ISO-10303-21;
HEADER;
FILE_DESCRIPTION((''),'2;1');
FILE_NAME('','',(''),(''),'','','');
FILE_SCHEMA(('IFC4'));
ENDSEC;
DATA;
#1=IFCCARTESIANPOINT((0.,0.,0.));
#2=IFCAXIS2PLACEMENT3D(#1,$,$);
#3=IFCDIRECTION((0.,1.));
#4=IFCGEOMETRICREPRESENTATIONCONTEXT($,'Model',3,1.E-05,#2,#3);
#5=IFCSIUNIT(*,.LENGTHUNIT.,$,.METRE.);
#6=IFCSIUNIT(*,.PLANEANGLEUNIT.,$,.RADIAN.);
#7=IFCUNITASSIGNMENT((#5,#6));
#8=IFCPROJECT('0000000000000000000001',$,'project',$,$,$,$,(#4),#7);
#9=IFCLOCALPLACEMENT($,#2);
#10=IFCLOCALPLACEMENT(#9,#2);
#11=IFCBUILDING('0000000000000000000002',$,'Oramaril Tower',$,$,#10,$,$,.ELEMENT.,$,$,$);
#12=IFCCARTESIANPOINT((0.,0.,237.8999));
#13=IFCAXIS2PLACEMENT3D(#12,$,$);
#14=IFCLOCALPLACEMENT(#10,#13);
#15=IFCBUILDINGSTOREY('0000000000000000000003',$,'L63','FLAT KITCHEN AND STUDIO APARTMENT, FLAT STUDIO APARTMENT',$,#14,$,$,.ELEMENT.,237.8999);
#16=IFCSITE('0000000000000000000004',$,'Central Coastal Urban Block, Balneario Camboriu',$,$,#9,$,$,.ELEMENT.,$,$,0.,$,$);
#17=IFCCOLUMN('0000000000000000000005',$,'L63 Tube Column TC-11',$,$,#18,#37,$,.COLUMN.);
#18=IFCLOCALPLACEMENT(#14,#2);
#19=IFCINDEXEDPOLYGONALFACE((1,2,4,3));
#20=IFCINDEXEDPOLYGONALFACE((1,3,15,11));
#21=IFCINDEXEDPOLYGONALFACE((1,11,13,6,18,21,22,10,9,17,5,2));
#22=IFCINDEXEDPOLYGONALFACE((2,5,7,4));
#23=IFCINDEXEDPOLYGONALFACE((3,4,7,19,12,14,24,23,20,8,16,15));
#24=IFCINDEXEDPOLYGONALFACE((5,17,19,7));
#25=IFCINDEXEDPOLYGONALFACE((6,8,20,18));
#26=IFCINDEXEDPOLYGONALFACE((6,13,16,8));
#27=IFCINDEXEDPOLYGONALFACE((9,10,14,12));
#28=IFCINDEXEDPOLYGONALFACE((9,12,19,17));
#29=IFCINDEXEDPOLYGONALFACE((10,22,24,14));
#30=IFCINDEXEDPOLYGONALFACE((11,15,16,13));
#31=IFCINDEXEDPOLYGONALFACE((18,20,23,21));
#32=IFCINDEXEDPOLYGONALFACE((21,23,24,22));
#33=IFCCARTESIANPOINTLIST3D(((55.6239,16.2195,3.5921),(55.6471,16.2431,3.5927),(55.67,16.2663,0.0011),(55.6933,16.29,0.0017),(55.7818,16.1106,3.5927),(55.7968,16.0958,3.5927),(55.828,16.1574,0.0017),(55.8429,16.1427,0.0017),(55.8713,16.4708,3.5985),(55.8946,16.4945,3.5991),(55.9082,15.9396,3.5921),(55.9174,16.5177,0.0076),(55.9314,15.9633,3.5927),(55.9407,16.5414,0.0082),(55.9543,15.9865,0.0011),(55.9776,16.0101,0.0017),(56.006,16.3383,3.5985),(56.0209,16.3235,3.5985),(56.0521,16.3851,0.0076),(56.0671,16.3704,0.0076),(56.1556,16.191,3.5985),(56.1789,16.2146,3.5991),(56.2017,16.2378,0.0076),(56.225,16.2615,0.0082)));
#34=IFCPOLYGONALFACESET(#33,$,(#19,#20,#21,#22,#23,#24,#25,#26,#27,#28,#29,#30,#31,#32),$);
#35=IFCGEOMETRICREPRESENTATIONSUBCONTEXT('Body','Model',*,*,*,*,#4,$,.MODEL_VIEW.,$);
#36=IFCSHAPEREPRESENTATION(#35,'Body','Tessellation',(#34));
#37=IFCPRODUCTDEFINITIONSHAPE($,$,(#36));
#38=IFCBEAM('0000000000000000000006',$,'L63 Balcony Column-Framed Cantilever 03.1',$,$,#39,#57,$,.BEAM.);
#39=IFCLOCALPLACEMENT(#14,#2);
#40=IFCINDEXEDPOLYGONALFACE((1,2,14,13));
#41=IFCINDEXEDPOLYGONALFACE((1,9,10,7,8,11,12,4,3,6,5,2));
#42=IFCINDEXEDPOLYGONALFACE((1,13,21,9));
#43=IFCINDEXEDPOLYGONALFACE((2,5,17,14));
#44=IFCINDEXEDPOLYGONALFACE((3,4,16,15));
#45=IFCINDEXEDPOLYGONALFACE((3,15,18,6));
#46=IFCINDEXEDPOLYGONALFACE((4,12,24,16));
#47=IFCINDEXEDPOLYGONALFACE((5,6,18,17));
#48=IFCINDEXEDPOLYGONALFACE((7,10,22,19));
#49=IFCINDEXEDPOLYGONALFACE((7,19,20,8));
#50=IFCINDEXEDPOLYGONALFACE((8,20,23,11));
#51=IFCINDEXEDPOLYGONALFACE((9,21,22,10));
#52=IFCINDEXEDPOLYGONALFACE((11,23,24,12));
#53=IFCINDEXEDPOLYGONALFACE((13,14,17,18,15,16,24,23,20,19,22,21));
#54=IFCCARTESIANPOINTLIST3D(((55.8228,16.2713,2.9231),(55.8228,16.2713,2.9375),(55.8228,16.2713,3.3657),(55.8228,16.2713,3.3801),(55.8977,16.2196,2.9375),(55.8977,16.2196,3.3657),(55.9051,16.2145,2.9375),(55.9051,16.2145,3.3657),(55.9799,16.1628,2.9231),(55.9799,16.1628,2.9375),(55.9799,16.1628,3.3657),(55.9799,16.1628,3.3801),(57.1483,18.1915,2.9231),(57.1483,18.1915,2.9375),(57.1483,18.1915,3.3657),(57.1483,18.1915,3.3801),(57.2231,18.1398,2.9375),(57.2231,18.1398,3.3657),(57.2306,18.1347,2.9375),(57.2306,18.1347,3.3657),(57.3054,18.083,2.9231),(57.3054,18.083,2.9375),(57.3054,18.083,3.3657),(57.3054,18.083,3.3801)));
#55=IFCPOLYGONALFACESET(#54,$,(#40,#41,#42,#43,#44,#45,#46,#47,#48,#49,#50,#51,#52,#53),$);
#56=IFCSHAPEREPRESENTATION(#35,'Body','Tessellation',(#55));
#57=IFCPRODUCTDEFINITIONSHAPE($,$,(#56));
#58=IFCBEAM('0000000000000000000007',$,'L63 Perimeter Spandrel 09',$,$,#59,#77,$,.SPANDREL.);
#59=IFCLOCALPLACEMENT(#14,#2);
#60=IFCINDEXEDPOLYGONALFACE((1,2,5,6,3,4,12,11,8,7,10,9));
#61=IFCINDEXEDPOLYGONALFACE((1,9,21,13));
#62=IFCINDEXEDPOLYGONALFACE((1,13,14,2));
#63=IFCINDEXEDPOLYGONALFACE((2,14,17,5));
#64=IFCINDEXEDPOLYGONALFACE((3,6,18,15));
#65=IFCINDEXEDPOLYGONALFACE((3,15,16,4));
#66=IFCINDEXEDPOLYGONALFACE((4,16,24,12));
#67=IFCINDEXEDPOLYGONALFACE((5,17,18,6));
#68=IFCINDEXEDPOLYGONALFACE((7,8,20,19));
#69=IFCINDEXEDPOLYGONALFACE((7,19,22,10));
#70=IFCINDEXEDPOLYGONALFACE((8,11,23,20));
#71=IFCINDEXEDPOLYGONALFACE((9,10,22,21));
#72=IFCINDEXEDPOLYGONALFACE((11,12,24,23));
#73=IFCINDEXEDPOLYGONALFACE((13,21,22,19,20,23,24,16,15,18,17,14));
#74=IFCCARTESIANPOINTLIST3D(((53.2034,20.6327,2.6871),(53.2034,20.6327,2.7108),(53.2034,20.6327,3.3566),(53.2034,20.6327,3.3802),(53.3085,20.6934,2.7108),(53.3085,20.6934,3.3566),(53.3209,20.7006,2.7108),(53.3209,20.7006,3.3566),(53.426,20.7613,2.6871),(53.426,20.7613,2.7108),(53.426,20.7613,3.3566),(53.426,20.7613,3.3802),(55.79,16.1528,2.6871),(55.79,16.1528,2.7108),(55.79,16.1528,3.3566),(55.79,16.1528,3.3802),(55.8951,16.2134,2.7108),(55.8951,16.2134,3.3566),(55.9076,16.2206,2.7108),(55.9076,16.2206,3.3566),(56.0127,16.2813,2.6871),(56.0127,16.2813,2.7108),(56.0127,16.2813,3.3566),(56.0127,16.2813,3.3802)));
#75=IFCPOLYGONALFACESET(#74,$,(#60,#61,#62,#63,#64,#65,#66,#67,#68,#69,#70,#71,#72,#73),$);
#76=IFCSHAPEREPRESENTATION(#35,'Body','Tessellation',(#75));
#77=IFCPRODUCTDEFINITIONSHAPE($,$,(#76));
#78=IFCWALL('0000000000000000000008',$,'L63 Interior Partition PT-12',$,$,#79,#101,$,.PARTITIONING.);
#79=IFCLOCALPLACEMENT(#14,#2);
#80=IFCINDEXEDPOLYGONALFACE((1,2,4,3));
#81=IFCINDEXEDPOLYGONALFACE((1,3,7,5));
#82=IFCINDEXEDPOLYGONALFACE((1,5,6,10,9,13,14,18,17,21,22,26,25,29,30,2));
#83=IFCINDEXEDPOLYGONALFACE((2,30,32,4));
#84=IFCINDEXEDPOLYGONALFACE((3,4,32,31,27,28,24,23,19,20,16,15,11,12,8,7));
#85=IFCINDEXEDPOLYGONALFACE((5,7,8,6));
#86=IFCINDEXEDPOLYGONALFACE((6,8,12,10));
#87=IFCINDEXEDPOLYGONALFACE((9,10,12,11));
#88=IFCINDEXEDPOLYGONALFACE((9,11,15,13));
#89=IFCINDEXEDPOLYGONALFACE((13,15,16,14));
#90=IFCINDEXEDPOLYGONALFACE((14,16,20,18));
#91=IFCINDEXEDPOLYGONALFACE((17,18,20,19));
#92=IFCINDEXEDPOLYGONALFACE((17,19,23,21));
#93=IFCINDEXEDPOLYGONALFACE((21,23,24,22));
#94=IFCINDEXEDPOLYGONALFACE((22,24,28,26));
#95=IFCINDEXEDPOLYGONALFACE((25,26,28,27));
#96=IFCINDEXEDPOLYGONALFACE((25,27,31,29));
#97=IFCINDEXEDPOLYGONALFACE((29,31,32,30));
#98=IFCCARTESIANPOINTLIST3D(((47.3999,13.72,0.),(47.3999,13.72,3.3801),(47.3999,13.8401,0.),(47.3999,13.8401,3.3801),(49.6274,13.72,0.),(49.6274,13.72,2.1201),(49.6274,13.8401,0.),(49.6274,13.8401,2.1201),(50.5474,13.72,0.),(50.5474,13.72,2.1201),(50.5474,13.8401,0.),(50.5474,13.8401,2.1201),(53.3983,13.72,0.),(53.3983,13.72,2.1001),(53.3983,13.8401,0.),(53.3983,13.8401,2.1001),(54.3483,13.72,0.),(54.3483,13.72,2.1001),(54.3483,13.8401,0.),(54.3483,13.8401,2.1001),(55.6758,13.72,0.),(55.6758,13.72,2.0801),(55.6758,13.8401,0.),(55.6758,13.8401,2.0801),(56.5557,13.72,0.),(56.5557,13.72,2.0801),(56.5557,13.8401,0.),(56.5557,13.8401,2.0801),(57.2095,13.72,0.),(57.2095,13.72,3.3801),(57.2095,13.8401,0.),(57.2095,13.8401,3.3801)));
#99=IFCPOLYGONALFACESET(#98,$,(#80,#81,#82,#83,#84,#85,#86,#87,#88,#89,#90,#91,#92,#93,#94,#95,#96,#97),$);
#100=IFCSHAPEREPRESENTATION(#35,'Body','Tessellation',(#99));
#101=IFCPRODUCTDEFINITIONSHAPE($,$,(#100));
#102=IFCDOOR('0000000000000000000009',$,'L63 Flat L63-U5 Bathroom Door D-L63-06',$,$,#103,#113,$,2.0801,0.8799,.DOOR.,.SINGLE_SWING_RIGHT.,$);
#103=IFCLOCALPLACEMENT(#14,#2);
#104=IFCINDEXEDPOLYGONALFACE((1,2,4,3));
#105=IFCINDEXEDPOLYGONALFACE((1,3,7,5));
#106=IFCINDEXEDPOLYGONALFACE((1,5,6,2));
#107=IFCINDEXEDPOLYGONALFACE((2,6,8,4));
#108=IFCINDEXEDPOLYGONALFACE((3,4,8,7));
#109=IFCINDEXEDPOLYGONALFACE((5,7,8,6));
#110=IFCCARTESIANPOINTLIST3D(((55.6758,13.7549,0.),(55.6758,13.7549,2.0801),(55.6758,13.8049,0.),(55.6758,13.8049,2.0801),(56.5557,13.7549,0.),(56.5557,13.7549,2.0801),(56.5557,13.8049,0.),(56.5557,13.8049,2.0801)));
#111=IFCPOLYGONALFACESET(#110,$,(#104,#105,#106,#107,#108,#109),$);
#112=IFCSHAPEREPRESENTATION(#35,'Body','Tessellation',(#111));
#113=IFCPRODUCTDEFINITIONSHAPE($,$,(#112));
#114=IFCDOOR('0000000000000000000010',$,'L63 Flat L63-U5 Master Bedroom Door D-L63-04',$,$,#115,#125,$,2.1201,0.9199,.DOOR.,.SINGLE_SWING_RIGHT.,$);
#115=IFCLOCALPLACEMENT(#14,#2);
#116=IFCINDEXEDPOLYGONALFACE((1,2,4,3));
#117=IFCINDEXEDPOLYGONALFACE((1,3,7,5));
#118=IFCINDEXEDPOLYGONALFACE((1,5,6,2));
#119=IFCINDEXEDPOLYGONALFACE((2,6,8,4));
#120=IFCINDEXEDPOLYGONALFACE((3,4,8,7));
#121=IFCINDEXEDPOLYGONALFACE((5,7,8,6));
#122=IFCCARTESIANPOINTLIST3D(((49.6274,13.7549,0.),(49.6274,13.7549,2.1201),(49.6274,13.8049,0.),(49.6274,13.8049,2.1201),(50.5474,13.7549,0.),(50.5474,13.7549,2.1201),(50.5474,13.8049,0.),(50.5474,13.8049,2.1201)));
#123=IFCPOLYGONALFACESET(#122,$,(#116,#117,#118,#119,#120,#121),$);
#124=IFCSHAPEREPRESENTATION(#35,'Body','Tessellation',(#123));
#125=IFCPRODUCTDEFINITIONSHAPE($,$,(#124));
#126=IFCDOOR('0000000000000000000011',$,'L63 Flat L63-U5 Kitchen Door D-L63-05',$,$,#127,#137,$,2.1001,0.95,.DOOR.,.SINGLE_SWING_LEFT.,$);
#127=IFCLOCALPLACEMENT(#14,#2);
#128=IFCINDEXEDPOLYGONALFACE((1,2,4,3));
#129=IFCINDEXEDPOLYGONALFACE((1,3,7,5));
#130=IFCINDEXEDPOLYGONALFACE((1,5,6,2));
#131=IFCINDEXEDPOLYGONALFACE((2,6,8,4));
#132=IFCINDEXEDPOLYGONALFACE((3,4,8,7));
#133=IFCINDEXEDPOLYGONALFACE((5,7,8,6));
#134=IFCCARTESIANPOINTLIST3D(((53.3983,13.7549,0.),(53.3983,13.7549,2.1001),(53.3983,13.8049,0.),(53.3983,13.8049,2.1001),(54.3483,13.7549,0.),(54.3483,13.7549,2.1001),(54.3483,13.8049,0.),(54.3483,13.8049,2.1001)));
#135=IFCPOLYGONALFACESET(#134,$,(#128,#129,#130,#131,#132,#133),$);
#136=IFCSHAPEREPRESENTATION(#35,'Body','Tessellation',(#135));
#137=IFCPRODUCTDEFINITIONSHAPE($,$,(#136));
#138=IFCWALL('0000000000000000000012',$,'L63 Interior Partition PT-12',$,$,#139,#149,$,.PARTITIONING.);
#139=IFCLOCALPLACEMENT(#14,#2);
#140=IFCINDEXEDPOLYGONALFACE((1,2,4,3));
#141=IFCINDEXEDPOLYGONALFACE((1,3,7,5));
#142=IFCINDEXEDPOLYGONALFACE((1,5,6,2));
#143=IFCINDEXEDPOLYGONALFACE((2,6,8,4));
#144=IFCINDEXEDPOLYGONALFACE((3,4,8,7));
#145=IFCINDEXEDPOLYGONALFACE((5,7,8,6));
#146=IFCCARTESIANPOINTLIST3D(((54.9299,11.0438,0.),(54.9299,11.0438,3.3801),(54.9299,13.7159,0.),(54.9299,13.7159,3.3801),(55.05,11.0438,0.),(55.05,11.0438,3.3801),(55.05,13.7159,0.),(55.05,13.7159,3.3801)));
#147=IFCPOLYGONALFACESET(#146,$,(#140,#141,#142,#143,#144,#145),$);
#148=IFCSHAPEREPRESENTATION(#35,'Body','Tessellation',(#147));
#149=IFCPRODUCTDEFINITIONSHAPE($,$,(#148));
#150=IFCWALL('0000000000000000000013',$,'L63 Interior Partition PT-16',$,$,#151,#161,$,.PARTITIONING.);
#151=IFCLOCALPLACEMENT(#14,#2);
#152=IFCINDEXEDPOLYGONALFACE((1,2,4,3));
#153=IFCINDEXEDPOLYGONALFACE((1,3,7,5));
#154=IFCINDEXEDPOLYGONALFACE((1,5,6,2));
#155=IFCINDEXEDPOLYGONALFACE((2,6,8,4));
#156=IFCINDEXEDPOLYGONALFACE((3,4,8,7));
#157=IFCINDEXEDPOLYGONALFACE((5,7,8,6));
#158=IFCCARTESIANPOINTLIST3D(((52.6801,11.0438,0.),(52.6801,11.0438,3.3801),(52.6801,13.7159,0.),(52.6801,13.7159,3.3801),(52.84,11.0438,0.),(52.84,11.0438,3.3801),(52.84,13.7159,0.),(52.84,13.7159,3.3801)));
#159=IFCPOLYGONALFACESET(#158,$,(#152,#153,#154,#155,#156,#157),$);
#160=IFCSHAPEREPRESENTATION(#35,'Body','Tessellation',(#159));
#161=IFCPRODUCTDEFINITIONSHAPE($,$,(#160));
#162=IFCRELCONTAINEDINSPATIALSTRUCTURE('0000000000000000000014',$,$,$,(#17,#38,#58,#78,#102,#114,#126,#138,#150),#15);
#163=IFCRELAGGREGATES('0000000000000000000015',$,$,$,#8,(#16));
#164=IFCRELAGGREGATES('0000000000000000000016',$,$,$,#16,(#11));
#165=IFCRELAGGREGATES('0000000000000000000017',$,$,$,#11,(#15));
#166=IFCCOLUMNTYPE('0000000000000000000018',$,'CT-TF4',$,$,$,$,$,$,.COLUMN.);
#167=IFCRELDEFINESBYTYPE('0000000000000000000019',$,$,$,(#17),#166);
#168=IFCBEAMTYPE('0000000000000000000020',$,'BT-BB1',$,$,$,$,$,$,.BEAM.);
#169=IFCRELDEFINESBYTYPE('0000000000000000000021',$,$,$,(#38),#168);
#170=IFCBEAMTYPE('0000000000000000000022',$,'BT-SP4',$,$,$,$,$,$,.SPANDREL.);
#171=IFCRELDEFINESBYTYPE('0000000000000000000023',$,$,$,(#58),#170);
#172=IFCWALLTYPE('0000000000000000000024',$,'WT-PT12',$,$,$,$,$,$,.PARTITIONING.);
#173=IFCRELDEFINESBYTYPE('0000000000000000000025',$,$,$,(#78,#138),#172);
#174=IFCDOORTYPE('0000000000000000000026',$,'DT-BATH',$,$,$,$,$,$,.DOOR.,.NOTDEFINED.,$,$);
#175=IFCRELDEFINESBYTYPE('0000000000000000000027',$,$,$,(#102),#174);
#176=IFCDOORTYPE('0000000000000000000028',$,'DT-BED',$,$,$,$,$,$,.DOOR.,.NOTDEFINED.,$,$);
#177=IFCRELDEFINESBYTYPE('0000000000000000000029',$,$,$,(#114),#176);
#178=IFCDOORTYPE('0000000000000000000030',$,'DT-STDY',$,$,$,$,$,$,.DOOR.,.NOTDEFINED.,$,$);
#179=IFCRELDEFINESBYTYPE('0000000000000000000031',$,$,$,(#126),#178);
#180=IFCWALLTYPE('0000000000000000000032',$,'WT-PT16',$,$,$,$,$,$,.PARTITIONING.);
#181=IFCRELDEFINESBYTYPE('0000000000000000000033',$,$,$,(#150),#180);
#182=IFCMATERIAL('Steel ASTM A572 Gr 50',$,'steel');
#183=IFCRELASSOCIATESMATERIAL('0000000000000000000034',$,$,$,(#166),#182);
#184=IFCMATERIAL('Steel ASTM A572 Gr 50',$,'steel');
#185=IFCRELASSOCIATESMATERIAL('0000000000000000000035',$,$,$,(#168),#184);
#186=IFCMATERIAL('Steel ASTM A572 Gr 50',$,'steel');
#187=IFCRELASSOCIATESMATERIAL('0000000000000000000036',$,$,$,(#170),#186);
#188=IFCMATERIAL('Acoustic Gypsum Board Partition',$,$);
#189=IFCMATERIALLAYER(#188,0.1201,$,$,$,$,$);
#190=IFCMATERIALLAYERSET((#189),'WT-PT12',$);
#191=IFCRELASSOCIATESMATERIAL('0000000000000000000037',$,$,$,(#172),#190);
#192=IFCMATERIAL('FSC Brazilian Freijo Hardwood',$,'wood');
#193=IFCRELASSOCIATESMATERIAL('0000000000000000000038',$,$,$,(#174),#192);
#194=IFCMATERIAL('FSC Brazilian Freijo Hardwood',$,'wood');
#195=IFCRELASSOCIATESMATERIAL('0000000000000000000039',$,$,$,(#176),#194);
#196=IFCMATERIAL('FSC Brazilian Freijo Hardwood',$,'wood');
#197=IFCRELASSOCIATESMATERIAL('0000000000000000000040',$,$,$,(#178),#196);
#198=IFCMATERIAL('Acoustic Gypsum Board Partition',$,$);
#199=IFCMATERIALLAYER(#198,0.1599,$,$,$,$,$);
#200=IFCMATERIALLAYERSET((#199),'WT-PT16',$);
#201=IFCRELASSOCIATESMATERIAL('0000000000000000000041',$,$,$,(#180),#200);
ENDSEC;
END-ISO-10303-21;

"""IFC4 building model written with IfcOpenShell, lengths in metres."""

from ifc_helpers import new_model, si_unit, direction, frame, frame_2d, origin, origin_2d, place, context, subcontext, project, spatial, rectangle, i_section, extrude, material, layer, layer_set, material_profile, profile_set, type_object, element, fill, save


model = new_model("IFC4")

# Units and contexts
model_context = context("Model", 3, precision=1e-05, world=origin(), true_north=direction((0.0, 1.0)))
body_context = subcontext(model_context, "Body", "Model", "MODEL_VIEW")
ifc_project = project(units=[si_unit("LENGTHUNIT", "METRE"), si_unit("PLANEANGLEUNIT", "RADIAN")], contexts=[model_context])

# Site, building, storey
site_placement = place(None, origin())
site = spatial("IfcSite", under=ifc_project, at=site_placement, Name="Central Coastal Urban Block, Balneario Camboriu", CompositionType="ELEMENT", RefElevation=0.0)
building_placement = place(site_placement, origin())
building = spatial("IfcBuilding", under=site, at=building_placement, Name="Oramaril Tower", CompositionType="ELEMENT")
storey_placement = place(building_placement, frame((0.0, 0.0, 237.8999)))
storey = spatial("IfcBuildingStorey", under=building, at=storey_placement, Name="L63", Description="FLAT KITCHEN AND STUDIO APARTMENT, FLAT STUDIO APARTMENT", CompositionType="ELEMENT", Elevation=237.8999)

# Column
ifc_material_1 = material(Name="Steel ASTM A572 Gr 50", Category="steel")
ifc_material_profile_1 = material_profile(ifc_material_1, i_section(OverallWidth=0.3989, OverallDepth=0.386, WebThickness=0.021, FlangeThickness=0.0332, at=origin_2d()), Name="W14X176")
ifc_profile_set_1 = profile_set([ifc_material_profile_1], Name="Steel ASTM A572 Gr 50")
column_type = type_object("IfcColumnType", Name="CT-TF4", PredefinedType="COLUMN", material=ifc_profile_set_1)
column_placement = place(storey_placement, frame((55.9475, 16.2639, 0.0046), z_axis=(-0.012847, -0.013051, 0.999832), x_axis=(0.712652, -0.701517, 0.0)))
element("IfcColumn", 1, at=column_placement, inside=storey, type_object=column_type, Name="L63 Tube Column TC-11", PredefinedType="COLUMN", context=body_context, shape_type="SweptSolid", body=[
    extrude(i_section(OverallWidth=0.3989, OverallDepth=0.386, WebThickness=0.021, FlangeThickness=0.0332, at=origin_2d()), origin(), (0.0, 0.0, 1.0), 3.5916),
])

# Beams
ifc_material_2 = material(Name="Steel ASTM A572 Gr 50", Category="steel")
ifc_material_profile_2 = material_profile(ifc_material_2, i_section(OverallWidth=0.1909, OverallDepth=0.457, WebThickness=0.009, FlangeThickness=0.0144, at=origin_2d()), Name="W18X50")
ifc_profile_set_2 = profile_set([ifc_material_profile_2], Name="Steel ASTM A572 Gr 50")
beam_type_1 = type_object("IfcBeamType", Name="BT-BB1", PredefinedType="BEAM", material=ifc_profile_set_2)
beam_1_placement = place(storey_placement, frame((55.9014, 16.217, 3.1516), z_axis=(0.568078, 0.822975, 0.0), x_axis=(-0.822975, 0.568078, 0.0)))
element("IfcBeam", 2, at=beam_1_placement, inside=storey, type_object=beam_type_1, Name="L63 Balcony Column-Framed Cantilever 03.1", PredefinedType="BEAM", context=body_context, shape_type="SweptSolid", body=[
    extrude(i_section(OverallWidth=0.1909, OverallDepth=0.457, WebThickness=0.009, FlangeThickness=0.0144, at=origin_2d()), origin(), (0.0, 0.0, 1.0), 2.3333),
])
ifc_material_3 = material(Name="Steel ASTM A572 Gr 50", Category="steel")
ifc_material_profile_3 = material_profile(ifc_material_3, i_section(OverallWidth=0.2571, OverallDepth=0.6931, WebThickness=0.0144, FlangeThickness=0.0237, at=origin_2d()), Name="W27X114")
ifc_profile_set_3 = profile_set([ifc_material_profile_3], Name="Steel ASTM A572 Gr 50")
beam_type_2 = type_object("IfcBeamType", Name="BT-SP4", PredefinedType="SPANDREL", material=ifc_profile_set_3)
beam_2_placement = place(storey_placement, frame((55.9014, 16.217, 3.0337), z_axis=(-0.500022, 0.866013, 0.0), x_axis=(-0.866013, -0.500022, 0.0)))
element("IfcBeam", 3, at=beam_2_placement, inside=storey, type_object=beam_type_2, Name="L63 Perimeter Spandrel 09", PredefinedType="SPANDREL", context=body_context, shape_type="SweptSolid", body=[
    extrude(i_section(OverallWidth=0.2571, OverallDepth=0.6931, WebThickness=0.0144, FlangeThickness=0.0237, at=origin_2d()), origin(), (0.0, 0.0, 1.0), 5.1731),
])

# Wall, openings, doors
ifc_material_4 = material(Name="Acoustic Gypsum Board Partition")
ifc_layer_1 = layer(ifc_material_4, 0.1201)
ifc_layer_set_1 = layer_set([ifc_layer_1], Name="WT-PT12")
wall_type_1 = type_object("IfcWallType", Name="WT-PT12", PredefinedType="PARTITIONING", material=ifc_layer_set_1)
wall_1_placement = place(storey_placement, frame((47.3999, 13.78, 0.0), z_axis=(0.0, 0.0, 1.0), x_axis=(1.0, 0.0, 0.0)))
wall_1 = element("IfcWall", 4, at=wall_1_placement, inside=storey, type_object=wall_type_1, Name="L63 Interior Partition PT-12", PredefinedType="PARTITIONING", context=body_context, shape_type="SweptSolid", body=[
    extrude(rectangle(XDim=9.8096, YDim=0.1201, at=frame_2d((4.9048, 0.0))), origin(), (0.0, 0.0, 1.0), 3.3801),
])
opening_1_placement = place(wall_1_placement, frame((2.2275, 0.0, 0.0)))
opening_1 = element("IfcOpeningElement", 5, at=opening_1_placement, cuts=wall_1, PredefinedType="OPENING", context=body_context, shape_type="SweptSolid", body=[
    extrude(rectangle(XDim=0.9199, YDim=2.1201, at=frame_2d((0.46, 1.0601))), frame((0.0, 0.0601, 0.0), z_axis=(0.0, -1.0, 0.0), x_axis=(1.0, 0.0, 0.0)), (0.0, 0.0, 1.0), 0.1201),
])
opening_2_placement = place(wall_1_placement, frame((5.9983, 0.0, 0.0)))
opening_2 = element("IfcOpeningElement", 6, at=opening_2_placement, cuts=wall_1, PredefinedType="OPENING", context=body_context, shape_type="SweptSolid", body=[
    extrude(rectangle(XDim=0.95, YDim=2.1001, at=frame_2d((0.4751, 1.05))), frame((0.0, 0.0601, 0.0), z_axis=(0.0, -1.0, 0.0), x_axis=(1.0, 0.0, 0.0)), (0.0, 0.0, 1.0), 0.1201),
])
opening_3_placement = place(wall_1_placement, frame((8.2759, 0.0, 0.0)))
opening_3 = element("IfcOpeningElement", 7, at=opening_3_placement, cuts=wall_1, PredefinedType="OPENING", context=body_context, shape_type="SweptSolid", body=[
    extrude(rectangle(XDim=0.8799, YDim=2.0801, at=frame_2d((0.4399, 1.04))), frame((0.0, 0.0601, 0.0), z_axis=(0.0, -1.0, 0.0), x_axis=(1.0, 0.0, 0.0)), (0.0, 0.0, 1.0), 0.1201),
])
ifc_material_5 = material(Name="FSC Brazilian Freijo Hardwood", Category="wood")
door_type_1 = type_object("IfcDoorType", Name="DT-BATH", OperationType="NOTDEFINED", PredefinedType="DOOR", material=ifc_material_5)
door_1_placement = place(opening_3_placement, origin())
door_1 = element("IfcDoor", 8, at=door_1_placement, inside=storey, type_object=door_type_1, Name="L63 Flat L63-U5 Bathroom Door D-L63-06", OperationType="SINGLE_SWING_RIGHT", OverallHeight=2.0801, OverallWidth=0.8799, PredefinedType="DOOR", context=body_context, shape_type="SweptSolid", body=[
    extrude(rectangle(XDim=0.8799, YDim=2.0801, at=frame_2d((0.4399, 1.04))), frame((0.0, 0.0249, 0.0), z_axis=(0.0, -1.0, 0.0), x_axis=(1.0, 0.0, 0.0)), (0.0, 0.0, 1.0), 0.05),
])
fill(opening_3, door_1)
ifc_material_6 = material(Name="FSC Brazilian Freijo Hardwood", Category="wood")
door_type_2 = type_object("IfcDoorType", Name="DT-BED", OperationType="NOTDEFINED", PredefinedType="DOOR", material=ifc_material_6)
door_2_placement = place(opening_1_placement, origin())
door_2 = element("IfcDoor", 9, at=door_2_placement, inside=storey, type_object=door_type_2, Name="L63 Flat L63-U5 Master Bedroom Door D-L63-04", OperationType="SINGLE_SWING_RIGHT", OverallHeight=2.1201, OverallWidth=0.9199, PredefinedType="DOOR", context=body_context, shape_type="SweptSolid", body=[
    extrude(rectangle(XDim=0.9199, YDim=2.1201, at=frame_2d((0.46, 1.0601))), frame((0.0, 0.0249, 0.0), z_axis=(0.0, -1.0, 0.0), x_axis=(1.0, 0.0, 0.0)), (0.0, 0.0, 1.0), 0.05),
])
fill(opening_1, door_2)
ifc_material_7 = material(Name="FSC Brazilian Freijo Hardwood", Category="wood")
door_type_3 = type_object("IfcDoorType", Name="DT-STDY", OperationType="NOTDEFINED", PredefinedType="DOOR", material=ifc_material_7)
door_3_placement = place(opening_2_placement, origin())
door_3 = element("IfcDoor", 10, at=door_3_placement, inside=storey, type_object=door_type_3, Name="L63 Flat L63-U5 Kitchen Door D-L63-05", OperationType="SINGLE_SWING_LEFT", OverallHeight=2.1001, OverallWidth=0.95, PredefinedType="DOOR", context=body_context, shape_type="SweptSolid", body=[
    extrude(rectangle(XDim=0.95, YDim=2.1001, at=frame_2d((0.4751, 1.05))), frame((0.0, 0.0249, 0.0), z_axis=(0.0, -1.0, 0.0), x_axis=(1.0, 0.0, 0.0)), (0.0, 0.0, 1.0), 0.05),
])
fill(opening_2, door_3)

# Walls
wall_2_placement = place(storey_placement, frame((54.99, 11.0439, 0.0), z_axis=(0.0, 0.0, 1.0), x_axis=(0.0, 1.0, 0.0)))
element("IfcWall", 11, at=wall_2_placement, inside=storey, type_object=wall_type_1, Name="L63 Interior Partition PT-12", PredefinedType="PARTITIONING", context=body_context, shape_type="SweptSolid", body=[
    extrude(rectangle(XDim=2.6721, YDim=0.1201, at=frame_2d((1.3359, 0.0))), origin(), (0.0, 0.0, 1.0), 3.3801),
])
ifc_material_8 = material(Name="Acoustic Gypsum Board Partition")
ifc_layer_2 = layer(ifc_material_8, 0.1599)
ifc_layer_set_2 = layer_set([ifc_layer_2], Name="WT-PT16")
wall_type_2 = type_object("IfcWallType", Name="WT-PT16", PredefinedType="PARTITIONING", material=ifc_layer_set_2)
wall_3_placement = place(storey_placement, frame((52.76, 11.0439, 0.0), z_axis=(0.0, 0.0, 1.0), x_axis=(0.0, 1.0, 0.0)))
element("IfcWall", 12, at=wall_3_placement, inside=storey, type_object=wall_type_2, Name="L63 Interior Partition PT-16", PredefinedType="PARTITIONING", context=body_context, shape_type="SweptSolid", body=[
    extrude(rectangle(XDim=2.6721, YDim=0.1599, at=frame_2d((1.3359, 0.0))), origin(), (0.0, 0.0, 1.0), 3.3801),
])

save(model, "model.ifc")
